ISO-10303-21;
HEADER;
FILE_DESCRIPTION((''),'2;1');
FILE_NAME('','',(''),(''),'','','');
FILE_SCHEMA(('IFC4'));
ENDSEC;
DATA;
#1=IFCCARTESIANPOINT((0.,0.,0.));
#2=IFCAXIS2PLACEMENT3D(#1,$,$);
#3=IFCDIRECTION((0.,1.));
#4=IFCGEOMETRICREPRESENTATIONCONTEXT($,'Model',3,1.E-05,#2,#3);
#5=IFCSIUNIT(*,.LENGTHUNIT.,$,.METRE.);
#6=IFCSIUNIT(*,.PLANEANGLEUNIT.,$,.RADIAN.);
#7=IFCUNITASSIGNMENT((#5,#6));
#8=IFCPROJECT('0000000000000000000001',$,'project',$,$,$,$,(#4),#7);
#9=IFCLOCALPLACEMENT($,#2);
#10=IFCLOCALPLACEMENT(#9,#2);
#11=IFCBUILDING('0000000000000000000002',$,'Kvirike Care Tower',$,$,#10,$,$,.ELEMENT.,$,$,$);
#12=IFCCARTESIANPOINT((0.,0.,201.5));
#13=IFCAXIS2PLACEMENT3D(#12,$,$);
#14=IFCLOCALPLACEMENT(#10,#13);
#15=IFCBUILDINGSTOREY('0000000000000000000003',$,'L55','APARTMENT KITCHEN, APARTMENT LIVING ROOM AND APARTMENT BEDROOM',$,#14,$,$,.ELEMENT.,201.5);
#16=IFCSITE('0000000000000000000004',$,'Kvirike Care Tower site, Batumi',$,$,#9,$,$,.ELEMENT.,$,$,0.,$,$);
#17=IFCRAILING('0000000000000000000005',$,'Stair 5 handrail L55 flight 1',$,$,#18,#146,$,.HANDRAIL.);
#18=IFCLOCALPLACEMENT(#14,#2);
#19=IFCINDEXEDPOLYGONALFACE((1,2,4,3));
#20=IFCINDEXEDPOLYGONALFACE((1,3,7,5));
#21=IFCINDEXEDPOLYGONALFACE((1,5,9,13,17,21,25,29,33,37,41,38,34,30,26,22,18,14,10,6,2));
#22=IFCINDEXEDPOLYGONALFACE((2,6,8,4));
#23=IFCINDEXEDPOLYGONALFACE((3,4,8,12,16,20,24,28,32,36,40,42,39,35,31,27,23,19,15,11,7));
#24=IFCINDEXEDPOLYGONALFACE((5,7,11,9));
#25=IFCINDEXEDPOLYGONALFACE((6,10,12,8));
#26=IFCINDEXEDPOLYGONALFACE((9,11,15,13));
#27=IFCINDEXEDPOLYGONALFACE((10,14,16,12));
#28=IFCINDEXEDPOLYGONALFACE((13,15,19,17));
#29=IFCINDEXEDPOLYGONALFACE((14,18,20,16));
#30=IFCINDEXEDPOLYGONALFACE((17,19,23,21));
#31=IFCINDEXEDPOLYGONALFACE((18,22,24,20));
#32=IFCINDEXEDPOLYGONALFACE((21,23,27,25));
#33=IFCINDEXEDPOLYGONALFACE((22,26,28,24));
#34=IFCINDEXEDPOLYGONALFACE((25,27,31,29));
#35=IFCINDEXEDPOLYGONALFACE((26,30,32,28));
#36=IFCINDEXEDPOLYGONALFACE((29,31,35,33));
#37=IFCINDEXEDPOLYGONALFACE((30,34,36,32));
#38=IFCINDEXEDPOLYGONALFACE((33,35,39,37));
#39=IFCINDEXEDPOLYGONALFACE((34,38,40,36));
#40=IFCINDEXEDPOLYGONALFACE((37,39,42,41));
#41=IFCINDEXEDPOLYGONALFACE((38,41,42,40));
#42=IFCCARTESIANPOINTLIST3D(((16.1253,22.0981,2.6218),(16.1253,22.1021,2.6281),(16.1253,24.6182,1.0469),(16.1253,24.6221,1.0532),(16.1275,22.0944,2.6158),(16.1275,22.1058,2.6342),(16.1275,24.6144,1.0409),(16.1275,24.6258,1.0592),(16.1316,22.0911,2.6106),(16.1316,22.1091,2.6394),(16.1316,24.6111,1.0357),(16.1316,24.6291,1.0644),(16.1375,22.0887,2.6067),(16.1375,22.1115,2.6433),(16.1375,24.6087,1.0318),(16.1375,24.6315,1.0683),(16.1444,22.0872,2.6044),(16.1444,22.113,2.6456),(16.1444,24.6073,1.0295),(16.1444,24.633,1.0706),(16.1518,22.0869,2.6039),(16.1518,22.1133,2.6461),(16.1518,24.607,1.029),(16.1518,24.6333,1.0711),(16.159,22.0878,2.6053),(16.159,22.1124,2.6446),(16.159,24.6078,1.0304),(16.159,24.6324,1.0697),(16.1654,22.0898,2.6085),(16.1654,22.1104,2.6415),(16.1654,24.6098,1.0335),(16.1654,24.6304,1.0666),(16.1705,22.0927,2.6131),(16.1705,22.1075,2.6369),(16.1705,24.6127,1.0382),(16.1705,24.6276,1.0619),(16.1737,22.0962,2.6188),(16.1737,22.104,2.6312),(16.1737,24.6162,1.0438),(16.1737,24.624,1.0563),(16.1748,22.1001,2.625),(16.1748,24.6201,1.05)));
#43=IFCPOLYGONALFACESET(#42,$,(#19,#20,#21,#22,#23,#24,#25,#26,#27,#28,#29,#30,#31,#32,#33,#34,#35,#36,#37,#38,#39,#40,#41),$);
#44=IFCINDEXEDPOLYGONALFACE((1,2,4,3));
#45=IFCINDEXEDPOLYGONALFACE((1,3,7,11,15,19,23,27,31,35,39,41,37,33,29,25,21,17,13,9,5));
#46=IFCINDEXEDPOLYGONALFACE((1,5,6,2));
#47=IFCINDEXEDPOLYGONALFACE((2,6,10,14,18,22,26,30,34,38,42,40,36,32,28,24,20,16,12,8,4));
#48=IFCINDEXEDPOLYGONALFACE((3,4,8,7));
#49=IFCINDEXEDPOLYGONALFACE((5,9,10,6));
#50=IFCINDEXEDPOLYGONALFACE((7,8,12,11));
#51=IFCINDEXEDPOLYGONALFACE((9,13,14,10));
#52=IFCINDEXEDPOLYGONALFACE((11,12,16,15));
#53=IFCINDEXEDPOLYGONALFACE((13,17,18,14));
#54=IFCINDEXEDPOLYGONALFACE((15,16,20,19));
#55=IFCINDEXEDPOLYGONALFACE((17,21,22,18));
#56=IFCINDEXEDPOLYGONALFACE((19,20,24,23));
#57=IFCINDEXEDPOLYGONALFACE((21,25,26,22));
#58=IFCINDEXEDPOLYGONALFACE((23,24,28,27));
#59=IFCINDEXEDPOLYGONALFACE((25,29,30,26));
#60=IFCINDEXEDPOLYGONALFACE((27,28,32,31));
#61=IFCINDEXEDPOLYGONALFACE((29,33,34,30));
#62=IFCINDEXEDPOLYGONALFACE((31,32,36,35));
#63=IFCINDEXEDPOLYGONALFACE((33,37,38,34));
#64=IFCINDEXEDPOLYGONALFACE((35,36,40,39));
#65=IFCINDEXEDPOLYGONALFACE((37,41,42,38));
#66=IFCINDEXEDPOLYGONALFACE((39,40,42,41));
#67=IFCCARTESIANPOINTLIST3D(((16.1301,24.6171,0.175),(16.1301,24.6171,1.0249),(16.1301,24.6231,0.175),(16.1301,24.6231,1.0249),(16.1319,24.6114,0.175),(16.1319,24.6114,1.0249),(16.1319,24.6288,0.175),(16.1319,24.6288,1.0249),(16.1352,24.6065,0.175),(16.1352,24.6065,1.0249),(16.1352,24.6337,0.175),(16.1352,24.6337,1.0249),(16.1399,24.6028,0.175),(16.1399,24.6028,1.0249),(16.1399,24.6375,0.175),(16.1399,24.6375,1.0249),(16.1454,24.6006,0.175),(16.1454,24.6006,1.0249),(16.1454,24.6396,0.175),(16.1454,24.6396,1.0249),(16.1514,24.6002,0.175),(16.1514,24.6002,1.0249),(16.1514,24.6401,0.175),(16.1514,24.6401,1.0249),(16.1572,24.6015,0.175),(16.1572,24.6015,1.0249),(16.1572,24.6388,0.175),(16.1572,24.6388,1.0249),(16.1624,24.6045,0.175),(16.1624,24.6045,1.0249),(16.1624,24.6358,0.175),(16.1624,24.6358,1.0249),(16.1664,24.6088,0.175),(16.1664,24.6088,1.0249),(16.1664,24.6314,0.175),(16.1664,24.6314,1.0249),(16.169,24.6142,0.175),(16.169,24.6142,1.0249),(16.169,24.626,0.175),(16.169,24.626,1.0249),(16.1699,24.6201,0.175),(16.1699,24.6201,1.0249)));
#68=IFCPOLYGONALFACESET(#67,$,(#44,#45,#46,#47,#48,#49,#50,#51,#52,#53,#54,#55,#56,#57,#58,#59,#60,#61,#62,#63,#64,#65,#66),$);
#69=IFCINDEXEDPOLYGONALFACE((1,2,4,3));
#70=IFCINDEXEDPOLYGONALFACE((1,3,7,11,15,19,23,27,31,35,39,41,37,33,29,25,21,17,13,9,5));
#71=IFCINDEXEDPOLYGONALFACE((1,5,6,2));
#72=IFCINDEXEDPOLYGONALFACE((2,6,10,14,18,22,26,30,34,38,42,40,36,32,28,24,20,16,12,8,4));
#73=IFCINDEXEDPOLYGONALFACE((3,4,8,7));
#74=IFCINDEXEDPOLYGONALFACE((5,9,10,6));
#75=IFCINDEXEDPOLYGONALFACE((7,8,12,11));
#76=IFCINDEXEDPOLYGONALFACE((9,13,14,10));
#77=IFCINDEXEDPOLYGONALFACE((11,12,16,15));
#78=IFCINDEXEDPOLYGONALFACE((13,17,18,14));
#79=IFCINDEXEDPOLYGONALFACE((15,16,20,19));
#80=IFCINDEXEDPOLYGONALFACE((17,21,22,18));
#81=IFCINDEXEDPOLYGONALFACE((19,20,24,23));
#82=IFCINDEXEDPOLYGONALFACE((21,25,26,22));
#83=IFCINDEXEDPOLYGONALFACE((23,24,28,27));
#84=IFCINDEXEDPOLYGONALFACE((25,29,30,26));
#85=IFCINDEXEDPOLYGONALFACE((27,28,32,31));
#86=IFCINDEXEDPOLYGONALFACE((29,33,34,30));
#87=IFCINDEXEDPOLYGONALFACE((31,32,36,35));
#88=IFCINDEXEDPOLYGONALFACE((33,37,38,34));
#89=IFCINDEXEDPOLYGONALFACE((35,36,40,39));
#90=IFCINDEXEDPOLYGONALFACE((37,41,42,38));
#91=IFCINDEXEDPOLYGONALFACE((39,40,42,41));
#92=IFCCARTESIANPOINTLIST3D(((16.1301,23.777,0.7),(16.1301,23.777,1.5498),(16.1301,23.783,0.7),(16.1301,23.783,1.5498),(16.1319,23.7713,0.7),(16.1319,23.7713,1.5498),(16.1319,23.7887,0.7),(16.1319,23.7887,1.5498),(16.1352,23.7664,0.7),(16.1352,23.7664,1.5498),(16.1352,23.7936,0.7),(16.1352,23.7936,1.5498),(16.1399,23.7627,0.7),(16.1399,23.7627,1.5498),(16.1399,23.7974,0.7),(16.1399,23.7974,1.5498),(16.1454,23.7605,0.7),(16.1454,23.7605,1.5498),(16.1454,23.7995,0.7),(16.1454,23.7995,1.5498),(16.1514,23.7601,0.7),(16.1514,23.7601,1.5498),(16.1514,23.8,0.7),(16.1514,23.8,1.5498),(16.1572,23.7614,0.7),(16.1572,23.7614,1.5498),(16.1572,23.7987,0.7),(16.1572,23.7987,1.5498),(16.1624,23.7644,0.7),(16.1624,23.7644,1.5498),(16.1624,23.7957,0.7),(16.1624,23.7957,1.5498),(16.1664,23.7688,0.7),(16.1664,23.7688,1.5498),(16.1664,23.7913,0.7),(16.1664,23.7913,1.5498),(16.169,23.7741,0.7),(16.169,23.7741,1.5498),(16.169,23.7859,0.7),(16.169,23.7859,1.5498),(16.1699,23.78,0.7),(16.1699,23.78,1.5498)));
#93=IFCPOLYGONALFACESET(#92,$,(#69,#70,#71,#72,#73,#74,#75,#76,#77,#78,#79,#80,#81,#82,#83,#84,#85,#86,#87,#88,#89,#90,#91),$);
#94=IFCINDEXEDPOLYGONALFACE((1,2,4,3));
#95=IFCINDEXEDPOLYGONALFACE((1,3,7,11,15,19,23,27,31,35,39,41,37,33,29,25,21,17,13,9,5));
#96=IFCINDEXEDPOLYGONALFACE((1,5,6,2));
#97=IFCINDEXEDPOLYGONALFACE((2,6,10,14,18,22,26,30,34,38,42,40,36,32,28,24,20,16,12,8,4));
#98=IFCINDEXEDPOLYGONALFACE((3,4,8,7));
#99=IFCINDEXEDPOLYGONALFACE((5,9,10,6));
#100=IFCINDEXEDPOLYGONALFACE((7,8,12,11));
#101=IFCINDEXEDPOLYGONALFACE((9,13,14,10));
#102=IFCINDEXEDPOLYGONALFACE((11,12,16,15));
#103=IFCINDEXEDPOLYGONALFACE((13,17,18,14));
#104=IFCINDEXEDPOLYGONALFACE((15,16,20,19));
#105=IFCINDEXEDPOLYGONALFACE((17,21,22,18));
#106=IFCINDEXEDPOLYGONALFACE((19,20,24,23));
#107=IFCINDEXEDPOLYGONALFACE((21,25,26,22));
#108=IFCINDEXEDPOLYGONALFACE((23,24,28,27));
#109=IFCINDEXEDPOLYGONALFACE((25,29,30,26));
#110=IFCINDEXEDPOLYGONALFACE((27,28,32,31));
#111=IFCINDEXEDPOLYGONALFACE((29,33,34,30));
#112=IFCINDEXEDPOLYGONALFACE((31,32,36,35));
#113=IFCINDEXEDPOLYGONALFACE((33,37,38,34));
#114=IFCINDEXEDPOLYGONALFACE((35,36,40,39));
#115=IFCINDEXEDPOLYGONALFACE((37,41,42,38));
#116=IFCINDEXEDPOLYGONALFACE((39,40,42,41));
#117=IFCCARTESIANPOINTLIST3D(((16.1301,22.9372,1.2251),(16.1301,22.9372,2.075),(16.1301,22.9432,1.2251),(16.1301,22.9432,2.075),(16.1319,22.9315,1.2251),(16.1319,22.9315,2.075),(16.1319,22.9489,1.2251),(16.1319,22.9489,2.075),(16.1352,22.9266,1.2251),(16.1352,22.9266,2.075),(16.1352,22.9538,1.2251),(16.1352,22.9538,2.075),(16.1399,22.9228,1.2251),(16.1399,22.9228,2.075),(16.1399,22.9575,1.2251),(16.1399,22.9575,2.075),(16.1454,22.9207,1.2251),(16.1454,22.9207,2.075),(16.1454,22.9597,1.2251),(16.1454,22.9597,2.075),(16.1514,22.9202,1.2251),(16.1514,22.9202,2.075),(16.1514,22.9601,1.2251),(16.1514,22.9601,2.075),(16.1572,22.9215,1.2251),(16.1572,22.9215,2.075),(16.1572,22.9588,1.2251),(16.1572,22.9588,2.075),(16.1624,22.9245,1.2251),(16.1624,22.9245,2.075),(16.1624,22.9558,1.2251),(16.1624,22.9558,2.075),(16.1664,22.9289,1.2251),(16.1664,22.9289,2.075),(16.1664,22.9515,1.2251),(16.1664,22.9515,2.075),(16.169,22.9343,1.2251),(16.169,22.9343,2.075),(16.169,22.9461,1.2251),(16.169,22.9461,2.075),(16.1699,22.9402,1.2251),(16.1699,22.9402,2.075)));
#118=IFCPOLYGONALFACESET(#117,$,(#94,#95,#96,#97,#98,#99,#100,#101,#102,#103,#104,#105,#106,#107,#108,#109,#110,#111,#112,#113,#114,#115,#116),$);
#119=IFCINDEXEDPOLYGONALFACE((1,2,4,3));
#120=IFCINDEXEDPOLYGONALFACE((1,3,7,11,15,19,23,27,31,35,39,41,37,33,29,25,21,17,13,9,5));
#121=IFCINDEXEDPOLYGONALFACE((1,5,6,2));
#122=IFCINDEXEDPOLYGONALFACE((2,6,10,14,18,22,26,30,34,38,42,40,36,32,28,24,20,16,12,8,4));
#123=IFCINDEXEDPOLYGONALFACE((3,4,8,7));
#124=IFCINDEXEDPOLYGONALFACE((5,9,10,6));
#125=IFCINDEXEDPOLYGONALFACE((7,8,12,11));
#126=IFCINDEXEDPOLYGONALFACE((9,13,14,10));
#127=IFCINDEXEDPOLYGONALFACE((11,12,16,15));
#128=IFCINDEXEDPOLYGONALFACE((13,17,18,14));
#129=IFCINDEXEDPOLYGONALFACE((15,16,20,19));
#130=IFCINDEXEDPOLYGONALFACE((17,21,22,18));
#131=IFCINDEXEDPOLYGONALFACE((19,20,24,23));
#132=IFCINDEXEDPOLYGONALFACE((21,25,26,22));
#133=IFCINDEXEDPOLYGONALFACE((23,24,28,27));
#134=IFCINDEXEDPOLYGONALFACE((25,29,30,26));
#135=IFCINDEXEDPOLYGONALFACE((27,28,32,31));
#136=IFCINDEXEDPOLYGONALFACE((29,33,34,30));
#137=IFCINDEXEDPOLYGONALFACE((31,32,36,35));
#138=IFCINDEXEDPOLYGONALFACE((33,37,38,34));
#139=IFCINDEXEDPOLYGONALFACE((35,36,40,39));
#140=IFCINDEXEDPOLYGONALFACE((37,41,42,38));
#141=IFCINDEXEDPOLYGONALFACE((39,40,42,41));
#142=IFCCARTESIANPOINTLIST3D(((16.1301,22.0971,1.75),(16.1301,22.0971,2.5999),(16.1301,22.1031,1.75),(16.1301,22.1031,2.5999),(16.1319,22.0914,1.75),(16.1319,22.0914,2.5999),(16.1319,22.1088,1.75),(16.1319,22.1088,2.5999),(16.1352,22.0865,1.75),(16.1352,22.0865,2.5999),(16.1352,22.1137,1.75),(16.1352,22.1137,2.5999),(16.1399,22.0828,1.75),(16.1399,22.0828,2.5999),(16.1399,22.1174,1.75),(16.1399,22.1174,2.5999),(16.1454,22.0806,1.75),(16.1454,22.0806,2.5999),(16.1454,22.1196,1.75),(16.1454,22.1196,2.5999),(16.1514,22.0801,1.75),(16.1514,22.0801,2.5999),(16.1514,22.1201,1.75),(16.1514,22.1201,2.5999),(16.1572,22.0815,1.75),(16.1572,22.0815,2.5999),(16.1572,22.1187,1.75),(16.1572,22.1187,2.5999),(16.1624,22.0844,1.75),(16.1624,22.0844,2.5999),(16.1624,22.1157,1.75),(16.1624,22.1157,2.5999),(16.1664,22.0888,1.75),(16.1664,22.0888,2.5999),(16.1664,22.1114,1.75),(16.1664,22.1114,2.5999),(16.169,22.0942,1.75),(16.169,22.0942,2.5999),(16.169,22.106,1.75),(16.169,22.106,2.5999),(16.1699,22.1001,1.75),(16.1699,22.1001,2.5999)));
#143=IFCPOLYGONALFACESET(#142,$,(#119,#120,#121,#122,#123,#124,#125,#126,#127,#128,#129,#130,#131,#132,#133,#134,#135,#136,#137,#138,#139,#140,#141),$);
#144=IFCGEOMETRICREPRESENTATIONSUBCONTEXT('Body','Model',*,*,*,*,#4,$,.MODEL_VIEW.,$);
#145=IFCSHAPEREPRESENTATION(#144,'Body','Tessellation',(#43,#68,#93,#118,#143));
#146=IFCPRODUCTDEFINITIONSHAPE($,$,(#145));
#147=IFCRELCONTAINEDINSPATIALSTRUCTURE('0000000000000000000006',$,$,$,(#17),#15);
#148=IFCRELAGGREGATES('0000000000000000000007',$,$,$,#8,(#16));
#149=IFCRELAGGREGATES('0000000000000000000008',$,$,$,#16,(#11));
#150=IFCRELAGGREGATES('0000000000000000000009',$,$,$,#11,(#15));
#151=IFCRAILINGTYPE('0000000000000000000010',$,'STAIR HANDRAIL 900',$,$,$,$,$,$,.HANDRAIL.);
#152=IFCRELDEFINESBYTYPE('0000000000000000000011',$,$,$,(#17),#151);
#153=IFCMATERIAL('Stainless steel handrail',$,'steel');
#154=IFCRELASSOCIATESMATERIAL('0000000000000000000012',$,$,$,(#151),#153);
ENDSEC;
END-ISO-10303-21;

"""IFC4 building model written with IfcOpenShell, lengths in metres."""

from ifc_helpers import new_model, si_unit, direction, frame, origin, origin_2d, place, context, subcontext, project, spatial, circle, extrude, material, type_object, element, save


model = new_model("IFC4")

# Units and contexts
model_context = context("Model", 3, precision=1e-05, world=origin(), true_north=direction((0.0, 1.0)))
body_context = subcontext(model_context, "Body", "Model", "MODEL_VIEW")
ifc_project = project(units=[si_unit("LENGTHUNIT", "METRE"), si_unit("PLANEANGLEUNIT", "RADIAN")], contexts=[model_context])

# Site, building, storey
site_placement = place(None, origin())
site = spatial("IfcSite", under=ifc_project, at=site_placement, Name="Kvirike Care Tower site, Batumi", CompositionType="ELEMENT", RefElevation=0.0)
building_placement = place(site_placement, origin())
building = spatial("IfcBuilding", under=site, at=building_placement, Name="Kvirike Care Tower", CompositionType="ELEMENT")
storey_placement = place(building_placement, frame((0.0, 0.0, 201.5)))
storey = spatial("IfcBuildingStorey", under=building, at=storey_placement, Name="L55", Description="APARTMENT KITCHEN, APARTMENT LIVING ROOM AND APARTMENT BEDROOM", CompositionType="ELEMENT", Elevation=201.5)

# Railing
ifc_material_1 = material(Name="Stainless steel handrail", Category="steel")
railing_type = type_object("IfcRailingType", Name="STAIR HANDRAIL 900", PredefinedType="HANDRAIL", material=ifc_material_1)
railing_1_placement = place(storey_placement, frame((16.1499, 24.6201, 0.175)))
element("IfcRailing", 1, at=railing_1_placement, inside=storey, type_object=railing_type, Name="Stair 5 handrail L55 flight 1", PredefinedType="HANDRAIL", context=body_context, shape_type="SweptSolid", body=[
    extrude(circle(Radius=0.0249, at=origin_2d()), frame((0.0, 0.0, 0.875), z_axis=(0.0, -0.848008, 0.529984), x_axis=(1.0, 0.0, 0.0)), (0.0, 0.0, 1.0), 2.9717),
    extrude(circle(Radius=0.02, at=origin_2d()), origin(), (0.0, 0.0, 1.0), 0.8499),
    extrude(circle(Radius=0.02, at=origin_2d()), frame((0.0, -0.8401, 0.5249)), (0.0, 0.0, 1.0), 0.8499),
    extrude(circle(Radius=0.02, at=origin_2d()), frame((0.0, -1.6799, 1.05)), (0.0, 0.0, 1.0), 0.8499),
    extrude(circle(Radius=0.02, at=origin_2d()), frame((0.0, -2.52, 1.575)), (0.0, 0.0, 1.0), 0.8499),
])

save(model, "model.ifc")
